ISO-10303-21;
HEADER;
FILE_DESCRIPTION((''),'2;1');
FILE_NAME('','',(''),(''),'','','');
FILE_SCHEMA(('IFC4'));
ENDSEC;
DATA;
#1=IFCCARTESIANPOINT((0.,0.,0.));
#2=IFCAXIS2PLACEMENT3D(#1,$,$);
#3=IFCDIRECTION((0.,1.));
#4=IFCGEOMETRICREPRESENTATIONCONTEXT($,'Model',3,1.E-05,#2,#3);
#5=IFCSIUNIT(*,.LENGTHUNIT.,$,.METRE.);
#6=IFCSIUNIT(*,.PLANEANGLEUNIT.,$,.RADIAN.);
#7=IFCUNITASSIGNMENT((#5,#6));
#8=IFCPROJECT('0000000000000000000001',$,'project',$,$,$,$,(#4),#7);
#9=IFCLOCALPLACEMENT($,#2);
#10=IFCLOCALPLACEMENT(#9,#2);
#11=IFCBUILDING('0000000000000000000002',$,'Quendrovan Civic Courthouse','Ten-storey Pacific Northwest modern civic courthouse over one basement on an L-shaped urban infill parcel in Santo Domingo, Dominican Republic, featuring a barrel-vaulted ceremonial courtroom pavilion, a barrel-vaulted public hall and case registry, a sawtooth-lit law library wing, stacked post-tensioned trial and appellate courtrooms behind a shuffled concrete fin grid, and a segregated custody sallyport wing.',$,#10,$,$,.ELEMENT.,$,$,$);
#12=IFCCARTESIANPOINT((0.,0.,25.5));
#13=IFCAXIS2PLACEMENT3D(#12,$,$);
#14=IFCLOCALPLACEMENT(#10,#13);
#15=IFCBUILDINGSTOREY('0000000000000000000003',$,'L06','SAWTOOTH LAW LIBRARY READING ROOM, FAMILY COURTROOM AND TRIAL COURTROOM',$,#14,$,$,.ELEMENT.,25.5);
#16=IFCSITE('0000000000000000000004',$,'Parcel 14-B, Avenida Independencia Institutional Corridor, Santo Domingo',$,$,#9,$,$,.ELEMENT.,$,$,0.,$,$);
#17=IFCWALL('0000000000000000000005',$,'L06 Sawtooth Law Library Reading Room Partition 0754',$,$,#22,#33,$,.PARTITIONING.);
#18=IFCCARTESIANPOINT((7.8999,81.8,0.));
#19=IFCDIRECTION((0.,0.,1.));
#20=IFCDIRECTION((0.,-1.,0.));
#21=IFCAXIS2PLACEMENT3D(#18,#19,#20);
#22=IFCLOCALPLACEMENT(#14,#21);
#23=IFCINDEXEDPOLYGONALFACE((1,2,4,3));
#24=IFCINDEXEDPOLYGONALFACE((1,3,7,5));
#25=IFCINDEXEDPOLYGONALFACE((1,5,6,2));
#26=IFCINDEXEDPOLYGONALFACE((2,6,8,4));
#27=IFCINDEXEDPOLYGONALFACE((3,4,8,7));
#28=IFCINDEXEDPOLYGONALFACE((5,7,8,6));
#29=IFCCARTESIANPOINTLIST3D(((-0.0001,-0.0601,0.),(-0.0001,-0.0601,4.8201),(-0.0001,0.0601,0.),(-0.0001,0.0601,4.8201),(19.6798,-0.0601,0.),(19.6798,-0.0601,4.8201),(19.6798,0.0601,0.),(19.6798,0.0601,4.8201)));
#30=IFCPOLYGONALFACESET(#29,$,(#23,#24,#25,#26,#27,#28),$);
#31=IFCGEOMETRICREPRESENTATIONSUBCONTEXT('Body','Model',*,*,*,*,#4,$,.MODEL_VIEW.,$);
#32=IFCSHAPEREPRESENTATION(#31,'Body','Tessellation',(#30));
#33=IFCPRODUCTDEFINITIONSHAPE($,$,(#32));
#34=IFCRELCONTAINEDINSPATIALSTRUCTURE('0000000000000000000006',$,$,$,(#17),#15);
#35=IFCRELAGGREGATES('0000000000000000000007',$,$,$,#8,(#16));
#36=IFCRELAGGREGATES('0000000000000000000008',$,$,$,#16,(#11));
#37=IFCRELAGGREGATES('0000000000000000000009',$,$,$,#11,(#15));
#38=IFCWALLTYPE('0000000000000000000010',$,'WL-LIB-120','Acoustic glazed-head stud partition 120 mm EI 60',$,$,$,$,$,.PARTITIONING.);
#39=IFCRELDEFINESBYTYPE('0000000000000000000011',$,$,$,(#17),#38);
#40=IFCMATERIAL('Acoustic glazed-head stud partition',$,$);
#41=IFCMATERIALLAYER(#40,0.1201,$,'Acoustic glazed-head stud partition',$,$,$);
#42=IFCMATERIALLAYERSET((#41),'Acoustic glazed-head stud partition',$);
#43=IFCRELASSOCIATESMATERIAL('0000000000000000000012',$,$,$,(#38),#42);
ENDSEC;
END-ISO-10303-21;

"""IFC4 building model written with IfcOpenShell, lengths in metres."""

from ifc_helpers import new_model, si_unit, direction, frame, frame_2d, origin, place, context, subcontext, project, spatial, rectangle, extrude, material, layer, layer_set, type_object, element, save


model = new_model("IFC4")

# Units and contexts
model_context = context("Model", 3, precision=1e-05, world=origin(), true_north=direction((0.0, 1.0)))
body_context = subcontext(model_context, "Body", "Model", "MODEL_VIEW")
ifc_project = project(units=[si_unit("LENGTHUNIT", "METRE"), si_unit("PLANEANGLEUNIT", "RADIAN")], contexts=[model_context])

# Site, building, storey
site_placement = place(None, origin())
site = spatial("IfcSite", under=ifc_project, at=site_placement, Name="Parcel 14-B, Avenida Independencia Institutional Corridor, Santo Domingo", CompositionType="ELEMENT", RefElevation=0.0)
building_placement = place(site_placement, origin())
building = spatial("IfcBuilding", under=site, at=building_placement, Name="Quendrovan Civic Courthouse", Description="Ten-storey Pacific Northwest modern civic courthouse over one basement on an L-shaped urban infill parcel in Santo Domingo, Dominican Republic, featuring a barrel-vaulted ceremonial courtroom pavilion, a barrel-vaulted public hall and case registry, a sawtooth-lit law library wing, stacked post-tensioned trial and appellate courtrooms behind a shuffled concrete fin grid, and a segregated custody sallyport wing.", CompositionType="ELEMENT")
storey_placement = place(building_placement, frame((0.0, 0.0, 25.5)))
storey = spatial("IfcBuildingStorey", under=building, at=storey_placement, Name="L06", Description="SAWTOOTH LAW LIBRARY READING ROOM, FAMILY COURTROOM AND TRIAL COURTROOM", CompositionType="ELEMENT", Elevation=25.5)

# Wall
ifc_material_1 = material(Name="Acoustic glazed-head stud partition")
ifc_layer_1 = layer(ifc_material_1, 0.1201, Name="Acoustic glazed-head stud partition")
ifc_layer_set_1 = layer_set([ifc_layer_1], Name="Acoustic glazed-head stud partition")
wall_type_1 = type_object("IfcWallType", Name="WL-LIB-120", Description="Acoustic glazed-head stud partition 120 mm EI 60", PredefinedType="PARTITIONING", material=ifc_layer_set_1)
wall_1_placement = place(storey_placement, frame((7.8999, 81.8, 0.0), z_axis=(0.0, 0.0, 1.0), x_axis=(0.0, -1.0, 0.0)))
element("IfcWall", 1, at=wall_1_placement, inside=storey, type_object=wall_type_1, Name="L06 Sawtooth Law Library Reading Room Partition 0754", PredefinedType="PARTITIONING", context=body_context, shape_type="SweptSolid", body=[
    extrude(rectangle(XDim=19.6799, YDim=0.1201, at=frame_2d((9.8398, 0.0))), origin(), (0.0, 0.0, 1.0), 4.8201),
])

save(model, "model.ifc")
